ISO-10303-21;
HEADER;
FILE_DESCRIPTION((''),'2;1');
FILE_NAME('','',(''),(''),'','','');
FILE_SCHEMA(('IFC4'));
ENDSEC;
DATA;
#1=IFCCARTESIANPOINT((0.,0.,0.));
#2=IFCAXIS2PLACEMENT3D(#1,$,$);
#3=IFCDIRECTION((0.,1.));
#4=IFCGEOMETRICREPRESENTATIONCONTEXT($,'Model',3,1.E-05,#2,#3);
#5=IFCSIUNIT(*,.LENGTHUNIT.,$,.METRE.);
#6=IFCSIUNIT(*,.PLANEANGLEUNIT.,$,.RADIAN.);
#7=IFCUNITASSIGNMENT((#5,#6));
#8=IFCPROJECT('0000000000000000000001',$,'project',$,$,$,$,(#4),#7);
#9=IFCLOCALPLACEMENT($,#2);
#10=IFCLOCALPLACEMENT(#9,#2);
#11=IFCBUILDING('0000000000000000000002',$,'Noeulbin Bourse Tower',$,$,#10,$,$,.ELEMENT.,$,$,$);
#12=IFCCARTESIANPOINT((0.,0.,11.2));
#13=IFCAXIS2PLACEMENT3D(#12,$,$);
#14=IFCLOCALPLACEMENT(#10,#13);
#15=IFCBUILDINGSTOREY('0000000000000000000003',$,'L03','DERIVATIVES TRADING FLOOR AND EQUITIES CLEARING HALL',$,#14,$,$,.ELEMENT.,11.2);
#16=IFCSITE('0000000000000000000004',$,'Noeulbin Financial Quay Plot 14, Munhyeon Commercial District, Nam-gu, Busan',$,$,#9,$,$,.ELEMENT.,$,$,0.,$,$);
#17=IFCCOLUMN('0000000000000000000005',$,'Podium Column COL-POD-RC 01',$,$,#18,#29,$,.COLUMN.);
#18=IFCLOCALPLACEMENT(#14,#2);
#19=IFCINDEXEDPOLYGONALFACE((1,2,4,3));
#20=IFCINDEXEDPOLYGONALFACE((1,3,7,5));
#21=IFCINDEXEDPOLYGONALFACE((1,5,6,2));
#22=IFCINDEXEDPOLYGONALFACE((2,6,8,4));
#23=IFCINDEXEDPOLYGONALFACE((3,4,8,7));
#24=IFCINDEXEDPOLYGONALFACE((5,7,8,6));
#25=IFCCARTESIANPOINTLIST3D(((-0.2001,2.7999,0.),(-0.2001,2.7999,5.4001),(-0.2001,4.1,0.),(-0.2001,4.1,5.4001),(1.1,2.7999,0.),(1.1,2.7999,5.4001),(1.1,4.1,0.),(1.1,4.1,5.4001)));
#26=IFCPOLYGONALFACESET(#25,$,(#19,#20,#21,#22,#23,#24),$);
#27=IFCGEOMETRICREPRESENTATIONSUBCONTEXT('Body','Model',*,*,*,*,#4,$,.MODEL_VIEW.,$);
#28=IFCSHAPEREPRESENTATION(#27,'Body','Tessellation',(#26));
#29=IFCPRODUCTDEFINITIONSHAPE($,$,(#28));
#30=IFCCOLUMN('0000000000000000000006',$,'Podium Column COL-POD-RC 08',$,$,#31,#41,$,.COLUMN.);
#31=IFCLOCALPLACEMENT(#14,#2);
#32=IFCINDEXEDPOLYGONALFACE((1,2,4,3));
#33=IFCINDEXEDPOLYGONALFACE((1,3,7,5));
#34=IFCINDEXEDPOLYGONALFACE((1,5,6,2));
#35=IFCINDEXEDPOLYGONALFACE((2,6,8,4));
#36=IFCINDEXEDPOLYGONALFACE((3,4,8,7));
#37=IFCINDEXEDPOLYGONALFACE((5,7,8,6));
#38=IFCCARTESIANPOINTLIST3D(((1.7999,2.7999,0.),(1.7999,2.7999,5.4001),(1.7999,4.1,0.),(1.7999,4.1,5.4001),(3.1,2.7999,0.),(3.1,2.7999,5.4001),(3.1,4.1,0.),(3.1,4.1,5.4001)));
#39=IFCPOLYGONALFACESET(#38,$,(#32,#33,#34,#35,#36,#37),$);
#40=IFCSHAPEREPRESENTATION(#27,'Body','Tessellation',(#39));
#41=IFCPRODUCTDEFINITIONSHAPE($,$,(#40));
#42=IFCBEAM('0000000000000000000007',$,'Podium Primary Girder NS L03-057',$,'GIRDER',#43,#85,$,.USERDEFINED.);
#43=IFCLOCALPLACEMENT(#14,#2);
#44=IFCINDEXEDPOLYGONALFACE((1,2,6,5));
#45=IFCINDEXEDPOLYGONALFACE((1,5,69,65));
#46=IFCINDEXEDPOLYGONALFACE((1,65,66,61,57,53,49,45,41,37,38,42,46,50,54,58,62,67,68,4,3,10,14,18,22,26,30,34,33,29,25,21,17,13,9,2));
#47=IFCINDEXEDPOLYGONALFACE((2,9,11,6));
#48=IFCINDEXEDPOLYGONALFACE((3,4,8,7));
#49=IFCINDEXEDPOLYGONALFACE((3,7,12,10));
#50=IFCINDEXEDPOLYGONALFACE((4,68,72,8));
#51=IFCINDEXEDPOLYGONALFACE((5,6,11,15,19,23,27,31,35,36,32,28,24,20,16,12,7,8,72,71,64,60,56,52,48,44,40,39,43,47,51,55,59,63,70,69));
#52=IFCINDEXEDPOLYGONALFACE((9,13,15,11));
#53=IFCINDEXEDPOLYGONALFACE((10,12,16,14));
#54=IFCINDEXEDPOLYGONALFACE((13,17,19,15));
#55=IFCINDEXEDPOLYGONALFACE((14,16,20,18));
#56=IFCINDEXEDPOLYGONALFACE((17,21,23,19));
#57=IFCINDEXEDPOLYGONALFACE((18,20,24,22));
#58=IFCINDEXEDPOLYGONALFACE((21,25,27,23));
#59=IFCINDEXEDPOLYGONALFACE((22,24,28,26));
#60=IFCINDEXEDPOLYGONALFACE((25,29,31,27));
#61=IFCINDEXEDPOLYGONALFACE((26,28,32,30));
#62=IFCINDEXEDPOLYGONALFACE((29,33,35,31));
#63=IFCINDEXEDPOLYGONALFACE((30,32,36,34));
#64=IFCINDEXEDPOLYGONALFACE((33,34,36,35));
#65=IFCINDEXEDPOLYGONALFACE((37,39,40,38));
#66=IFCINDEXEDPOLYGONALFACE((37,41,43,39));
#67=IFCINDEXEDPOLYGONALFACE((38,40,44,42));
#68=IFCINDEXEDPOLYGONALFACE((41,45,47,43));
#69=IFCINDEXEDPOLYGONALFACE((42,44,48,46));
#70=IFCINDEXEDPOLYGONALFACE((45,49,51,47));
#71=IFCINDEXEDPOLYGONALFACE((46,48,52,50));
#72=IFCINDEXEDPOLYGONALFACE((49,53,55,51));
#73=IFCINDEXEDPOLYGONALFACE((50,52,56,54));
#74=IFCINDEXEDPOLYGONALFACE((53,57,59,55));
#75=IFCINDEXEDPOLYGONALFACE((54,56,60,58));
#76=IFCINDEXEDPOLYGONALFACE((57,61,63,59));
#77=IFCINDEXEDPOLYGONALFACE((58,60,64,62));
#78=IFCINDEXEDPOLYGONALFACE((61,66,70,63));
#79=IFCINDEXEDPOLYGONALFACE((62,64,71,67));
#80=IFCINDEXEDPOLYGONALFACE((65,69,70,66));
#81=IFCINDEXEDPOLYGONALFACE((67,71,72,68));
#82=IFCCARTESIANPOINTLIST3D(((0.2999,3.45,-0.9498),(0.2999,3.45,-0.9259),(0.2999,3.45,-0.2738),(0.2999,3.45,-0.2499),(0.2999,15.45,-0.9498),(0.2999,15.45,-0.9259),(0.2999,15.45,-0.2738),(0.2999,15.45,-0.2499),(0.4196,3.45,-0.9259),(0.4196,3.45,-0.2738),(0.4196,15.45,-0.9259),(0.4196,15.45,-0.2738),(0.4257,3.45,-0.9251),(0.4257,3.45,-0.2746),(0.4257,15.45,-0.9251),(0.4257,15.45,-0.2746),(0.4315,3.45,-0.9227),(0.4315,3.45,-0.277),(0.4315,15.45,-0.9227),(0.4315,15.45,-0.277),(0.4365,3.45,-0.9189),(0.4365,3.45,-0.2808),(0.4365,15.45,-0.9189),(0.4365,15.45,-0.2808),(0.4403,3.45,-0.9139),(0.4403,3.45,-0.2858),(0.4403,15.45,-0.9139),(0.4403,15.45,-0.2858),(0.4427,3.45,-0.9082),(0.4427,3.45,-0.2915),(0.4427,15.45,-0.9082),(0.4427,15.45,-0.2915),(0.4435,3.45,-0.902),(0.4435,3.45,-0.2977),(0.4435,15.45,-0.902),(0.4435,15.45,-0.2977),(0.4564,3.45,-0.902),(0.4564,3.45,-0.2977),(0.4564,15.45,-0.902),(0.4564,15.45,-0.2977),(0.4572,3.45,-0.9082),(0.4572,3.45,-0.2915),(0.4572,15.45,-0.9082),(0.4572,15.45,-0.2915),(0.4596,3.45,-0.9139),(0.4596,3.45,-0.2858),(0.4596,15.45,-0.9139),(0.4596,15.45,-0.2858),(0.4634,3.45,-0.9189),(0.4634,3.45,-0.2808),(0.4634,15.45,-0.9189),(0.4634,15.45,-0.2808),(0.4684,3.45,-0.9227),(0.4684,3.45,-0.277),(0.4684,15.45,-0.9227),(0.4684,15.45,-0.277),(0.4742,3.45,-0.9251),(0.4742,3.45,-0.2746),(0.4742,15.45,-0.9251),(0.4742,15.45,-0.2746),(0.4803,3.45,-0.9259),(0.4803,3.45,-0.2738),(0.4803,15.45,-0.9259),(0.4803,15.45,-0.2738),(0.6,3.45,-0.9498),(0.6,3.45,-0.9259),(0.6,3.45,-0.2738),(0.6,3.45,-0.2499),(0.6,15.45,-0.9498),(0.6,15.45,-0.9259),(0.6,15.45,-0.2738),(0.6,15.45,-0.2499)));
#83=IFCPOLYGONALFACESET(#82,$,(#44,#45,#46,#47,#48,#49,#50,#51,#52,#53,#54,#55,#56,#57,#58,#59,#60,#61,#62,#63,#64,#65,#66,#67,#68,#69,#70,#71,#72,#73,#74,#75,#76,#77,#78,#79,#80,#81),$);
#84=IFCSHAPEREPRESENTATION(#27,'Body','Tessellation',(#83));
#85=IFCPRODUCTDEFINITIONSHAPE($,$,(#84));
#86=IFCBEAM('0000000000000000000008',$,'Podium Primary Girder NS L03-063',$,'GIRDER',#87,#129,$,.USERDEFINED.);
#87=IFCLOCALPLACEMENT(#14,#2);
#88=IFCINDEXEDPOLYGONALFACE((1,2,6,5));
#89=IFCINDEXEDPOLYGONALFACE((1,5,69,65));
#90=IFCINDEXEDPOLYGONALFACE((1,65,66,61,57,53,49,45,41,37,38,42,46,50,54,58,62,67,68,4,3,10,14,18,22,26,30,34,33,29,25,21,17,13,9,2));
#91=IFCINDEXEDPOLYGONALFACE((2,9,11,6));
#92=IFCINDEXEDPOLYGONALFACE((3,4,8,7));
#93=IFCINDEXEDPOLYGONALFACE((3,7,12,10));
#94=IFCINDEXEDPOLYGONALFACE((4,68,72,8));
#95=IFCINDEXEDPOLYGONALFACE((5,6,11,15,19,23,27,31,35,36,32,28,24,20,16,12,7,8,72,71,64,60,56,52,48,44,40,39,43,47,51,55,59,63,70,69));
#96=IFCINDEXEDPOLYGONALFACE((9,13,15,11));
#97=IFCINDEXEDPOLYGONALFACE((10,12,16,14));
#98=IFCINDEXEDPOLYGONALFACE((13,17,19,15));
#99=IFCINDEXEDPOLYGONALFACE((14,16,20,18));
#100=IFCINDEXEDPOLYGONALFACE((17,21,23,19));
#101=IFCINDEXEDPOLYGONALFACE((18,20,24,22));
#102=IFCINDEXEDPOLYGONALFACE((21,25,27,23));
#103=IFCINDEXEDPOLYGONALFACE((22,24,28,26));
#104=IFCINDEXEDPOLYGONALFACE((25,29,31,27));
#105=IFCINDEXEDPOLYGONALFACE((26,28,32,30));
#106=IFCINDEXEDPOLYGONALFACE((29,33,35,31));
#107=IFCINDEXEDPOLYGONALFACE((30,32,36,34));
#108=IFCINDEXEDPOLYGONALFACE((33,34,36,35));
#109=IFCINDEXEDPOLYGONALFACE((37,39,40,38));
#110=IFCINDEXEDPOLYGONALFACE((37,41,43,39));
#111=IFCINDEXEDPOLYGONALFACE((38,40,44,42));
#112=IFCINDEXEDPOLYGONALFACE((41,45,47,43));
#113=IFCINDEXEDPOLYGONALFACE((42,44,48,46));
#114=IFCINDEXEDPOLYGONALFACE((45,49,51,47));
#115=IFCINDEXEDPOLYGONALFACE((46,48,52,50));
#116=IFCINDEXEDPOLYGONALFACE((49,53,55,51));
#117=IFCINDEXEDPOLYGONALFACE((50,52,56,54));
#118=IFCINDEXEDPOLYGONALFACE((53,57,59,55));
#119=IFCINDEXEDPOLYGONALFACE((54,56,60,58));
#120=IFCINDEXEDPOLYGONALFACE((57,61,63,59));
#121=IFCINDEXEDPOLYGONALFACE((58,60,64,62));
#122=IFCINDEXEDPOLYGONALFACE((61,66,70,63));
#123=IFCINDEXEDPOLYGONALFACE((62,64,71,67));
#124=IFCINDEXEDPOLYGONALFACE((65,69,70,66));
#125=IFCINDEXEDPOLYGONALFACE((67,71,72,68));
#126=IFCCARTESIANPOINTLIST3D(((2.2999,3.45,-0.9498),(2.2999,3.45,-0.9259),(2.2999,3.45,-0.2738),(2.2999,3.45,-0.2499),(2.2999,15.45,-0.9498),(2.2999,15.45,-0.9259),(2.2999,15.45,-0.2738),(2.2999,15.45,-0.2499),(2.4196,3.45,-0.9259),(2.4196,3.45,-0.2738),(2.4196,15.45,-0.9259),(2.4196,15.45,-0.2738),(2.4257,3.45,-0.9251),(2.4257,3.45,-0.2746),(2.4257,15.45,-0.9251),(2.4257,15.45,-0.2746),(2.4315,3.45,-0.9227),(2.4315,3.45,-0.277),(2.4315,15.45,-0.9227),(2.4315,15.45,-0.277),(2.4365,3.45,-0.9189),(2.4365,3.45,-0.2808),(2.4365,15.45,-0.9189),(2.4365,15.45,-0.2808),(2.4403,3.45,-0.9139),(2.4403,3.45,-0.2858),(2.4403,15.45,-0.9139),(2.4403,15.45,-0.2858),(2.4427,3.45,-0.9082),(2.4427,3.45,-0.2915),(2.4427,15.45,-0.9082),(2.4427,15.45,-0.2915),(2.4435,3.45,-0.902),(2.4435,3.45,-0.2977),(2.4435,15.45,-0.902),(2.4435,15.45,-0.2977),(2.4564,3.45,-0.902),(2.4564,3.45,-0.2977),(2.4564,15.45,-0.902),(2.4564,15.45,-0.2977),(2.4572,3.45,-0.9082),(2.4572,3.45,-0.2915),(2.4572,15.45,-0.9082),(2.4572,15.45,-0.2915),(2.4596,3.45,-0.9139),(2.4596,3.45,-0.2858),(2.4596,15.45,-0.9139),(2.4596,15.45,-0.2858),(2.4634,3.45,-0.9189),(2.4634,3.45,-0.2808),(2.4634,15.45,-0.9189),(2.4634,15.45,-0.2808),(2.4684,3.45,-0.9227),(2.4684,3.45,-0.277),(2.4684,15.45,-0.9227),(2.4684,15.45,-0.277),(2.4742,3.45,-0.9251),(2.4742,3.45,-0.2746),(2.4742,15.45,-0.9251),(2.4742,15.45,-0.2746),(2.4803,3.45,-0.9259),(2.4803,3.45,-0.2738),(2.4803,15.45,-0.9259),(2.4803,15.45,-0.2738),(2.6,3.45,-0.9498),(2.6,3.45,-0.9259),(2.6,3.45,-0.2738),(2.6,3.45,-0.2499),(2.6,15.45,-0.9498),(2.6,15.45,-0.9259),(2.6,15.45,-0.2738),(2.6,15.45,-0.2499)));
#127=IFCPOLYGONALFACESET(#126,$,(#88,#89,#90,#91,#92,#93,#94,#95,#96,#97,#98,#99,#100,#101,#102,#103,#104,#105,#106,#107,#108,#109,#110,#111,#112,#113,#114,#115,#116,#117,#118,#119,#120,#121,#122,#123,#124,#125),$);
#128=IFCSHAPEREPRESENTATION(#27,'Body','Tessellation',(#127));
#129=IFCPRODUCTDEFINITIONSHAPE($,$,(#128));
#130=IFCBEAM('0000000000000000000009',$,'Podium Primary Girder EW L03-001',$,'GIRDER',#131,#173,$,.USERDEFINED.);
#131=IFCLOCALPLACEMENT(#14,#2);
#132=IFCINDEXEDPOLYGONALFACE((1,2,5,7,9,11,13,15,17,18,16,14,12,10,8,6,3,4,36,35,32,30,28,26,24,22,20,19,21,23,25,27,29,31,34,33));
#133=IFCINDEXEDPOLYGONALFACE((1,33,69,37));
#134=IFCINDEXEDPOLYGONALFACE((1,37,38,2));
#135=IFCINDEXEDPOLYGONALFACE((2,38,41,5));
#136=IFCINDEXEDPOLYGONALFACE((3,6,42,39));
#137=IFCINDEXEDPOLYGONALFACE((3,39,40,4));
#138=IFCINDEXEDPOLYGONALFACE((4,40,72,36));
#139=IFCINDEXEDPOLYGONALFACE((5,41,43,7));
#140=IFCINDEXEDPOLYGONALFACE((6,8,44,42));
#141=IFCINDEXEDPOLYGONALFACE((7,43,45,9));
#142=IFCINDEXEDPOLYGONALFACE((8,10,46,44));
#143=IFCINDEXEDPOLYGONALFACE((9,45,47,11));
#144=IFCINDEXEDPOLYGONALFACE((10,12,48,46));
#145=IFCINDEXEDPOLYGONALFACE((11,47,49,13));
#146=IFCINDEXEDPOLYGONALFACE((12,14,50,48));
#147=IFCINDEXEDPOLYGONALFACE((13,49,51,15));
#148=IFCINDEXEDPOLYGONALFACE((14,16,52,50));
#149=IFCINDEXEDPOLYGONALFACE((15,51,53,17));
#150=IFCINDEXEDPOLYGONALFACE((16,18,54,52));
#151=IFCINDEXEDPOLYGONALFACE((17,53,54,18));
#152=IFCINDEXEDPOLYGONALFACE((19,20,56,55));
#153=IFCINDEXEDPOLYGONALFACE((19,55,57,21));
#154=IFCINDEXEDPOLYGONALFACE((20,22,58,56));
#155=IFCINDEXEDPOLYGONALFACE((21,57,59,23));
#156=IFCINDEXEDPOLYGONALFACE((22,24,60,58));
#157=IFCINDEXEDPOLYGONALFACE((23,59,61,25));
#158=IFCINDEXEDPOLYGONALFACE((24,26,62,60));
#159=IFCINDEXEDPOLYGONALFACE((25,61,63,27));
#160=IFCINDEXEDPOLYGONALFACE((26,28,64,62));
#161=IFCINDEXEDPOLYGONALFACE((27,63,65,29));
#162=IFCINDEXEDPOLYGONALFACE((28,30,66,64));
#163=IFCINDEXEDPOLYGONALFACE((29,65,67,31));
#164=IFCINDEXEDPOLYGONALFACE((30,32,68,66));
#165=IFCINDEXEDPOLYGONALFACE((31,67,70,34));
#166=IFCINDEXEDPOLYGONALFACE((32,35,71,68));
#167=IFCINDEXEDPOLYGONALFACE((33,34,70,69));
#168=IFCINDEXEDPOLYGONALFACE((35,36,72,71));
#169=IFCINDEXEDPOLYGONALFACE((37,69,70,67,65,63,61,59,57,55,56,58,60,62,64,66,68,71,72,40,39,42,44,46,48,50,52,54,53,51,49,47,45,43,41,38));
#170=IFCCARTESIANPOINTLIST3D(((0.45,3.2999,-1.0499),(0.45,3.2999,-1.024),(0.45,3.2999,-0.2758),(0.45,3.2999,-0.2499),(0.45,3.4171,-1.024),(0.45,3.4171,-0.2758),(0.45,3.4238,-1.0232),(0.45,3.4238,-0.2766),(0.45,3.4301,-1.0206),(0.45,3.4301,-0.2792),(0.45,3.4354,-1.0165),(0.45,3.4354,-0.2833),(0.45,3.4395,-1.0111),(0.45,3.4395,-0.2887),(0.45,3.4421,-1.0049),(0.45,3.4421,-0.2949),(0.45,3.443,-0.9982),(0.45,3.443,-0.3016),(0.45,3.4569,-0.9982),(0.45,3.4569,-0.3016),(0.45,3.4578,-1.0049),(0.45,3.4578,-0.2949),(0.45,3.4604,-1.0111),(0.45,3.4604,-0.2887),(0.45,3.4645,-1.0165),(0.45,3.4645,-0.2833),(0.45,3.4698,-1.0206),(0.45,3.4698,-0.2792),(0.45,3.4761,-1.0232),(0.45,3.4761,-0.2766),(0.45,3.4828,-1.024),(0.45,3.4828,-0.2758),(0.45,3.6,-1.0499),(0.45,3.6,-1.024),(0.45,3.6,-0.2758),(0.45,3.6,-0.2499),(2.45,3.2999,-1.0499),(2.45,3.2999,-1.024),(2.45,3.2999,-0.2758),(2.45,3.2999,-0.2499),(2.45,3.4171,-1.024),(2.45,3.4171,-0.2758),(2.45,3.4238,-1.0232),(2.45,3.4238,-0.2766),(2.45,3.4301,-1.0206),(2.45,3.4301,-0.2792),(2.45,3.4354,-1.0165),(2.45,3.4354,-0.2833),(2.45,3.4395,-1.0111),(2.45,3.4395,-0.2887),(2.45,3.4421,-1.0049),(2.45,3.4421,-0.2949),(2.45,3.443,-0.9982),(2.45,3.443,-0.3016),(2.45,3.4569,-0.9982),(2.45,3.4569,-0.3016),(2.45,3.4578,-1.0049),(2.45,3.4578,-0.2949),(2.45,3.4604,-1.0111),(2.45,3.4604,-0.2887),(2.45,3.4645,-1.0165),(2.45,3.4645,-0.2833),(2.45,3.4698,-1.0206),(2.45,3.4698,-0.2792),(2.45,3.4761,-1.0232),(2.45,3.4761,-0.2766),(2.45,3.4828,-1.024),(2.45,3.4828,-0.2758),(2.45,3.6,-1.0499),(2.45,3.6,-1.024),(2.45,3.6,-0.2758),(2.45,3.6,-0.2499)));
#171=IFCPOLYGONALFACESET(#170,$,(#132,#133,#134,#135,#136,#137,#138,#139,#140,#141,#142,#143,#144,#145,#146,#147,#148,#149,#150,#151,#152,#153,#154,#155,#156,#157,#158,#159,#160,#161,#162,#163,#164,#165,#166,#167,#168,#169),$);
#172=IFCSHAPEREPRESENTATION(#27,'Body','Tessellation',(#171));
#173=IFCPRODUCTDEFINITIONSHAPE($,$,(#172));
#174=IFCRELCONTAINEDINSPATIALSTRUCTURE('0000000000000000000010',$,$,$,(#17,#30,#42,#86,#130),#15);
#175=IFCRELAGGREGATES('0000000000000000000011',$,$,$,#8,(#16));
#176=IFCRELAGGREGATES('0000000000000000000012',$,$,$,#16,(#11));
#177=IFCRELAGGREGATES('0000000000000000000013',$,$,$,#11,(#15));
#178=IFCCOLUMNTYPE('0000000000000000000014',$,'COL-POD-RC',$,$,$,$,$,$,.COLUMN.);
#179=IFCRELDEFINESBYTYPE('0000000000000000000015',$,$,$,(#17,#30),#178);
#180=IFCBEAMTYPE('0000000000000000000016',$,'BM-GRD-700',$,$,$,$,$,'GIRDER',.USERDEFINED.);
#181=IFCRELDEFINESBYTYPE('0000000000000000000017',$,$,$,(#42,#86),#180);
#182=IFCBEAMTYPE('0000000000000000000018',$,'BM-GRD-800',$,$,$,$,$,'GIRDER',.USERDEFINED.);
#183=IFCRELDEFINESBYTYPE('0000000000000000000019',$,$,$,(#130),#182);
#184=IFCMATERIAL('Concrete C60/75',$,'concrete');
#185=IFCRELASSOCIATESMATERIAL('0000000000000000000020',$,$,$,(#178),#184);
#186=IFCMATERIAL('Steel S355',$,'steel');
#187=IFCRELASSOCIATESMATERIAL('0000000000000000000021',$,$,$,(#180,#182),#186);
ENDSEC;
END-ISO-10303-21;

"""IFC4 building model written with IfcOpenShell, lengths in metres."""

from ifc_helpers import new_model, si_unit, direction, frame, origin, origin_2d, place, context, subcontext, project, spatial, rectangle, i_section, extrude, material, material_profile, profile_set, type_object, element, save


model = new_model("IFC4")

# Units and contexts
model_context = context("Model", 3, precision=1e-05, world=origin(), true_north=direction((0.0, 1.0)))
body_context = subcontext(model_context, "Body", "Model", "MODEL_VIEW")
ifc_project = project(units=[si_unit("LENGTHUNIT", "METRE"), si_unit("PLANEANGLEUNIT", "RADIAN")], contexts=[model_context])

# Site, building, storey
site_placement = place(None, origin())
site = spatial("IfcSite", under=ifc_project, at=site_placement, Name="Noeulbin Financial Quay Plot 14, Munhyeon Commercial District, Nam-gu, Busan", CompositionType="ELEMENT", RefElevation=0.0)
building_placement = place(site_placement, origin())
building = spatial("IfcBuilding", under=site, at=building_placement, Name="Noeulbin Bourse Tower", CompositionType="ELEMENT")
storey_placement = place(building_placement, frame((0.0, 0.0, 11.2)))
storey = spatial("IfcBuildingStorey", under=building, at=storey_placement, Name="L03", Description="DERIVATIVES TRADING FLOOR AND EQUITIES CLEARING HALL", CompositionType="ELEMENT", Elevation=11.2)

# Columns
ifc_material_1 = material(Name="Concrete C60/75", Category="concrete")
ifc_material_profile_1 = material_profile(ifc_material_1, rectangle(XDim=1.3, YDim=1.3, at=origin_2d()), Name="RC-COL-1300x1300", Category="LoadBearing")
ifc_profile_set_1 = profile_set([ifc_material_profile_1], Name="Concrete C60/75")
column_type = type_object("IfcColumnType", Name="COL-POD-RC", PredefinedType="COLUMN", material=ifc_profile_set_1)
for number, where, z_axis, x_axis, name in (
    (1, (0.45, 3.45, 0.0), (0.0, 0.0, 1.0), (1.0, 0.0, 0.0), "Podium Column COL-POD-RC 01"),
    (2, (2.45, 3.45, 0.0), (0.0, 0.0, 1.0), (1.0, 0.0, 0.0), "Podium Column COL-POD-RC 08"),
):
    element("IfcColumn", number, at=place(storey_placement, frame(where, z_axis=z_axis, x_axis=x_axis)), inside=storey, type_object=column_type, Name=name, PredefinedType="COLUMN", context=body_context, shape_type="SweptSolid", body=[
        extrude(rectangle(XDim=1.3, YDim=1.3, at=origin_2d()), origin(), (0.0, 0.0, 1.0), 5.4001),
    ])

# Beams
ifc_material_2 = material(Name="Steel S355", Category="steel")
ifc_material_profile_2 = material_profile(ifc_material_2, i_section(OverallWidth=0.3, OverallDepth=0.7, WebThickness=0.0129, FlangeThickness=0.0239, FilletRadius=0.0239, at=origin_2d()), Name="H-700x300x13x24", Category="LoadBearing")
ifc_profile_set_2 = profile_set([ifc_material_profile_2], Name="Steel S355")
beam_type_1 = type_object("IfcBeamType", Name="BM-GRD-700", ElementType="GIRDER", PredefinedType="USERDEFINED", material=ifc_profile_set_2)
for number, where, z_axis, x_axis, name in (
    (3, (0.45, 3.45, -0.5999), (0.0, 1.0, 0.0), (-1.0, 0.0, 0.0), "Podium Primary Girder NS L03-057"),
    (4, (2.45, 3.45, -0.5999), (0.0, 1.0, 0.0), (-1.0, 0.0, 0.0), "Podium Primary Girder NS L03-063"),
):
    element("IfcBeam", number, at=place(storey_placement, frame(where, z_axis=z_axis, x_axis=x_axis)), inside=storey, type_object=beam_type_1, Name=name, ObjectType="GIRDER", PredefinedType="USERDEFINED", context=body_context, shape_type="SweptSolid", body=[
        extrude(i_section(OverallWidth=0.3, OverallDepth=0.7, WebThickness=0.0129, FlangeThickness=0.0239, FilletRadius=0.0239, at=origin_2d()), origin(), (0.0, 0.0, 1.0), 12.0),
    ])
ifc_material_profile_3 = material_profile(ifc_material_2, i_section(OverallWidth=0.3, OverallDepth=0.8, WebThickness=0.0139, FlangeThickness=0.0259, FilletRadius=0.0259, at=origin_2d()), Name="H-800x300x14x26", Category="LoadBearing")
ifc_profile_set_3 = profile_set([ifc_material_profile_3], Name="Steel S355")
beam_type_2 = type_object("IfcBeamType", Name="BM-GRD-800", ElementType="GIRDER", PredefinedType="USERDEFINED", material=ifc_profile_set_3)
beam_1_placement = place(storey_placement, frame((0.45, 3.45, -0.6499), z_axis=(1.0, 0.0, 0.0), x_axis=(0.0, 1.0, 0.0)))
element("IfcBeam", 5, at=beam_1_placement, inside=storey, type_object=beam_type_2, Name="Podium Primary Girder EW L03-001", ObjectType="GIRDER", PredefinedType="USERDEFINED", context=body_context, shape_type="SweptSolid", body=[
    extrude(i_section(OverallWidth=0.3, OverallDepth=0.8, WebThickness=0.0139, FlangeThickness=0.0259, FilletRadius=0.0259, at=origin_2d()), origin(), (0.0, 0.0, 1.0), 2.0),
])

save(model, "model.ifc")
